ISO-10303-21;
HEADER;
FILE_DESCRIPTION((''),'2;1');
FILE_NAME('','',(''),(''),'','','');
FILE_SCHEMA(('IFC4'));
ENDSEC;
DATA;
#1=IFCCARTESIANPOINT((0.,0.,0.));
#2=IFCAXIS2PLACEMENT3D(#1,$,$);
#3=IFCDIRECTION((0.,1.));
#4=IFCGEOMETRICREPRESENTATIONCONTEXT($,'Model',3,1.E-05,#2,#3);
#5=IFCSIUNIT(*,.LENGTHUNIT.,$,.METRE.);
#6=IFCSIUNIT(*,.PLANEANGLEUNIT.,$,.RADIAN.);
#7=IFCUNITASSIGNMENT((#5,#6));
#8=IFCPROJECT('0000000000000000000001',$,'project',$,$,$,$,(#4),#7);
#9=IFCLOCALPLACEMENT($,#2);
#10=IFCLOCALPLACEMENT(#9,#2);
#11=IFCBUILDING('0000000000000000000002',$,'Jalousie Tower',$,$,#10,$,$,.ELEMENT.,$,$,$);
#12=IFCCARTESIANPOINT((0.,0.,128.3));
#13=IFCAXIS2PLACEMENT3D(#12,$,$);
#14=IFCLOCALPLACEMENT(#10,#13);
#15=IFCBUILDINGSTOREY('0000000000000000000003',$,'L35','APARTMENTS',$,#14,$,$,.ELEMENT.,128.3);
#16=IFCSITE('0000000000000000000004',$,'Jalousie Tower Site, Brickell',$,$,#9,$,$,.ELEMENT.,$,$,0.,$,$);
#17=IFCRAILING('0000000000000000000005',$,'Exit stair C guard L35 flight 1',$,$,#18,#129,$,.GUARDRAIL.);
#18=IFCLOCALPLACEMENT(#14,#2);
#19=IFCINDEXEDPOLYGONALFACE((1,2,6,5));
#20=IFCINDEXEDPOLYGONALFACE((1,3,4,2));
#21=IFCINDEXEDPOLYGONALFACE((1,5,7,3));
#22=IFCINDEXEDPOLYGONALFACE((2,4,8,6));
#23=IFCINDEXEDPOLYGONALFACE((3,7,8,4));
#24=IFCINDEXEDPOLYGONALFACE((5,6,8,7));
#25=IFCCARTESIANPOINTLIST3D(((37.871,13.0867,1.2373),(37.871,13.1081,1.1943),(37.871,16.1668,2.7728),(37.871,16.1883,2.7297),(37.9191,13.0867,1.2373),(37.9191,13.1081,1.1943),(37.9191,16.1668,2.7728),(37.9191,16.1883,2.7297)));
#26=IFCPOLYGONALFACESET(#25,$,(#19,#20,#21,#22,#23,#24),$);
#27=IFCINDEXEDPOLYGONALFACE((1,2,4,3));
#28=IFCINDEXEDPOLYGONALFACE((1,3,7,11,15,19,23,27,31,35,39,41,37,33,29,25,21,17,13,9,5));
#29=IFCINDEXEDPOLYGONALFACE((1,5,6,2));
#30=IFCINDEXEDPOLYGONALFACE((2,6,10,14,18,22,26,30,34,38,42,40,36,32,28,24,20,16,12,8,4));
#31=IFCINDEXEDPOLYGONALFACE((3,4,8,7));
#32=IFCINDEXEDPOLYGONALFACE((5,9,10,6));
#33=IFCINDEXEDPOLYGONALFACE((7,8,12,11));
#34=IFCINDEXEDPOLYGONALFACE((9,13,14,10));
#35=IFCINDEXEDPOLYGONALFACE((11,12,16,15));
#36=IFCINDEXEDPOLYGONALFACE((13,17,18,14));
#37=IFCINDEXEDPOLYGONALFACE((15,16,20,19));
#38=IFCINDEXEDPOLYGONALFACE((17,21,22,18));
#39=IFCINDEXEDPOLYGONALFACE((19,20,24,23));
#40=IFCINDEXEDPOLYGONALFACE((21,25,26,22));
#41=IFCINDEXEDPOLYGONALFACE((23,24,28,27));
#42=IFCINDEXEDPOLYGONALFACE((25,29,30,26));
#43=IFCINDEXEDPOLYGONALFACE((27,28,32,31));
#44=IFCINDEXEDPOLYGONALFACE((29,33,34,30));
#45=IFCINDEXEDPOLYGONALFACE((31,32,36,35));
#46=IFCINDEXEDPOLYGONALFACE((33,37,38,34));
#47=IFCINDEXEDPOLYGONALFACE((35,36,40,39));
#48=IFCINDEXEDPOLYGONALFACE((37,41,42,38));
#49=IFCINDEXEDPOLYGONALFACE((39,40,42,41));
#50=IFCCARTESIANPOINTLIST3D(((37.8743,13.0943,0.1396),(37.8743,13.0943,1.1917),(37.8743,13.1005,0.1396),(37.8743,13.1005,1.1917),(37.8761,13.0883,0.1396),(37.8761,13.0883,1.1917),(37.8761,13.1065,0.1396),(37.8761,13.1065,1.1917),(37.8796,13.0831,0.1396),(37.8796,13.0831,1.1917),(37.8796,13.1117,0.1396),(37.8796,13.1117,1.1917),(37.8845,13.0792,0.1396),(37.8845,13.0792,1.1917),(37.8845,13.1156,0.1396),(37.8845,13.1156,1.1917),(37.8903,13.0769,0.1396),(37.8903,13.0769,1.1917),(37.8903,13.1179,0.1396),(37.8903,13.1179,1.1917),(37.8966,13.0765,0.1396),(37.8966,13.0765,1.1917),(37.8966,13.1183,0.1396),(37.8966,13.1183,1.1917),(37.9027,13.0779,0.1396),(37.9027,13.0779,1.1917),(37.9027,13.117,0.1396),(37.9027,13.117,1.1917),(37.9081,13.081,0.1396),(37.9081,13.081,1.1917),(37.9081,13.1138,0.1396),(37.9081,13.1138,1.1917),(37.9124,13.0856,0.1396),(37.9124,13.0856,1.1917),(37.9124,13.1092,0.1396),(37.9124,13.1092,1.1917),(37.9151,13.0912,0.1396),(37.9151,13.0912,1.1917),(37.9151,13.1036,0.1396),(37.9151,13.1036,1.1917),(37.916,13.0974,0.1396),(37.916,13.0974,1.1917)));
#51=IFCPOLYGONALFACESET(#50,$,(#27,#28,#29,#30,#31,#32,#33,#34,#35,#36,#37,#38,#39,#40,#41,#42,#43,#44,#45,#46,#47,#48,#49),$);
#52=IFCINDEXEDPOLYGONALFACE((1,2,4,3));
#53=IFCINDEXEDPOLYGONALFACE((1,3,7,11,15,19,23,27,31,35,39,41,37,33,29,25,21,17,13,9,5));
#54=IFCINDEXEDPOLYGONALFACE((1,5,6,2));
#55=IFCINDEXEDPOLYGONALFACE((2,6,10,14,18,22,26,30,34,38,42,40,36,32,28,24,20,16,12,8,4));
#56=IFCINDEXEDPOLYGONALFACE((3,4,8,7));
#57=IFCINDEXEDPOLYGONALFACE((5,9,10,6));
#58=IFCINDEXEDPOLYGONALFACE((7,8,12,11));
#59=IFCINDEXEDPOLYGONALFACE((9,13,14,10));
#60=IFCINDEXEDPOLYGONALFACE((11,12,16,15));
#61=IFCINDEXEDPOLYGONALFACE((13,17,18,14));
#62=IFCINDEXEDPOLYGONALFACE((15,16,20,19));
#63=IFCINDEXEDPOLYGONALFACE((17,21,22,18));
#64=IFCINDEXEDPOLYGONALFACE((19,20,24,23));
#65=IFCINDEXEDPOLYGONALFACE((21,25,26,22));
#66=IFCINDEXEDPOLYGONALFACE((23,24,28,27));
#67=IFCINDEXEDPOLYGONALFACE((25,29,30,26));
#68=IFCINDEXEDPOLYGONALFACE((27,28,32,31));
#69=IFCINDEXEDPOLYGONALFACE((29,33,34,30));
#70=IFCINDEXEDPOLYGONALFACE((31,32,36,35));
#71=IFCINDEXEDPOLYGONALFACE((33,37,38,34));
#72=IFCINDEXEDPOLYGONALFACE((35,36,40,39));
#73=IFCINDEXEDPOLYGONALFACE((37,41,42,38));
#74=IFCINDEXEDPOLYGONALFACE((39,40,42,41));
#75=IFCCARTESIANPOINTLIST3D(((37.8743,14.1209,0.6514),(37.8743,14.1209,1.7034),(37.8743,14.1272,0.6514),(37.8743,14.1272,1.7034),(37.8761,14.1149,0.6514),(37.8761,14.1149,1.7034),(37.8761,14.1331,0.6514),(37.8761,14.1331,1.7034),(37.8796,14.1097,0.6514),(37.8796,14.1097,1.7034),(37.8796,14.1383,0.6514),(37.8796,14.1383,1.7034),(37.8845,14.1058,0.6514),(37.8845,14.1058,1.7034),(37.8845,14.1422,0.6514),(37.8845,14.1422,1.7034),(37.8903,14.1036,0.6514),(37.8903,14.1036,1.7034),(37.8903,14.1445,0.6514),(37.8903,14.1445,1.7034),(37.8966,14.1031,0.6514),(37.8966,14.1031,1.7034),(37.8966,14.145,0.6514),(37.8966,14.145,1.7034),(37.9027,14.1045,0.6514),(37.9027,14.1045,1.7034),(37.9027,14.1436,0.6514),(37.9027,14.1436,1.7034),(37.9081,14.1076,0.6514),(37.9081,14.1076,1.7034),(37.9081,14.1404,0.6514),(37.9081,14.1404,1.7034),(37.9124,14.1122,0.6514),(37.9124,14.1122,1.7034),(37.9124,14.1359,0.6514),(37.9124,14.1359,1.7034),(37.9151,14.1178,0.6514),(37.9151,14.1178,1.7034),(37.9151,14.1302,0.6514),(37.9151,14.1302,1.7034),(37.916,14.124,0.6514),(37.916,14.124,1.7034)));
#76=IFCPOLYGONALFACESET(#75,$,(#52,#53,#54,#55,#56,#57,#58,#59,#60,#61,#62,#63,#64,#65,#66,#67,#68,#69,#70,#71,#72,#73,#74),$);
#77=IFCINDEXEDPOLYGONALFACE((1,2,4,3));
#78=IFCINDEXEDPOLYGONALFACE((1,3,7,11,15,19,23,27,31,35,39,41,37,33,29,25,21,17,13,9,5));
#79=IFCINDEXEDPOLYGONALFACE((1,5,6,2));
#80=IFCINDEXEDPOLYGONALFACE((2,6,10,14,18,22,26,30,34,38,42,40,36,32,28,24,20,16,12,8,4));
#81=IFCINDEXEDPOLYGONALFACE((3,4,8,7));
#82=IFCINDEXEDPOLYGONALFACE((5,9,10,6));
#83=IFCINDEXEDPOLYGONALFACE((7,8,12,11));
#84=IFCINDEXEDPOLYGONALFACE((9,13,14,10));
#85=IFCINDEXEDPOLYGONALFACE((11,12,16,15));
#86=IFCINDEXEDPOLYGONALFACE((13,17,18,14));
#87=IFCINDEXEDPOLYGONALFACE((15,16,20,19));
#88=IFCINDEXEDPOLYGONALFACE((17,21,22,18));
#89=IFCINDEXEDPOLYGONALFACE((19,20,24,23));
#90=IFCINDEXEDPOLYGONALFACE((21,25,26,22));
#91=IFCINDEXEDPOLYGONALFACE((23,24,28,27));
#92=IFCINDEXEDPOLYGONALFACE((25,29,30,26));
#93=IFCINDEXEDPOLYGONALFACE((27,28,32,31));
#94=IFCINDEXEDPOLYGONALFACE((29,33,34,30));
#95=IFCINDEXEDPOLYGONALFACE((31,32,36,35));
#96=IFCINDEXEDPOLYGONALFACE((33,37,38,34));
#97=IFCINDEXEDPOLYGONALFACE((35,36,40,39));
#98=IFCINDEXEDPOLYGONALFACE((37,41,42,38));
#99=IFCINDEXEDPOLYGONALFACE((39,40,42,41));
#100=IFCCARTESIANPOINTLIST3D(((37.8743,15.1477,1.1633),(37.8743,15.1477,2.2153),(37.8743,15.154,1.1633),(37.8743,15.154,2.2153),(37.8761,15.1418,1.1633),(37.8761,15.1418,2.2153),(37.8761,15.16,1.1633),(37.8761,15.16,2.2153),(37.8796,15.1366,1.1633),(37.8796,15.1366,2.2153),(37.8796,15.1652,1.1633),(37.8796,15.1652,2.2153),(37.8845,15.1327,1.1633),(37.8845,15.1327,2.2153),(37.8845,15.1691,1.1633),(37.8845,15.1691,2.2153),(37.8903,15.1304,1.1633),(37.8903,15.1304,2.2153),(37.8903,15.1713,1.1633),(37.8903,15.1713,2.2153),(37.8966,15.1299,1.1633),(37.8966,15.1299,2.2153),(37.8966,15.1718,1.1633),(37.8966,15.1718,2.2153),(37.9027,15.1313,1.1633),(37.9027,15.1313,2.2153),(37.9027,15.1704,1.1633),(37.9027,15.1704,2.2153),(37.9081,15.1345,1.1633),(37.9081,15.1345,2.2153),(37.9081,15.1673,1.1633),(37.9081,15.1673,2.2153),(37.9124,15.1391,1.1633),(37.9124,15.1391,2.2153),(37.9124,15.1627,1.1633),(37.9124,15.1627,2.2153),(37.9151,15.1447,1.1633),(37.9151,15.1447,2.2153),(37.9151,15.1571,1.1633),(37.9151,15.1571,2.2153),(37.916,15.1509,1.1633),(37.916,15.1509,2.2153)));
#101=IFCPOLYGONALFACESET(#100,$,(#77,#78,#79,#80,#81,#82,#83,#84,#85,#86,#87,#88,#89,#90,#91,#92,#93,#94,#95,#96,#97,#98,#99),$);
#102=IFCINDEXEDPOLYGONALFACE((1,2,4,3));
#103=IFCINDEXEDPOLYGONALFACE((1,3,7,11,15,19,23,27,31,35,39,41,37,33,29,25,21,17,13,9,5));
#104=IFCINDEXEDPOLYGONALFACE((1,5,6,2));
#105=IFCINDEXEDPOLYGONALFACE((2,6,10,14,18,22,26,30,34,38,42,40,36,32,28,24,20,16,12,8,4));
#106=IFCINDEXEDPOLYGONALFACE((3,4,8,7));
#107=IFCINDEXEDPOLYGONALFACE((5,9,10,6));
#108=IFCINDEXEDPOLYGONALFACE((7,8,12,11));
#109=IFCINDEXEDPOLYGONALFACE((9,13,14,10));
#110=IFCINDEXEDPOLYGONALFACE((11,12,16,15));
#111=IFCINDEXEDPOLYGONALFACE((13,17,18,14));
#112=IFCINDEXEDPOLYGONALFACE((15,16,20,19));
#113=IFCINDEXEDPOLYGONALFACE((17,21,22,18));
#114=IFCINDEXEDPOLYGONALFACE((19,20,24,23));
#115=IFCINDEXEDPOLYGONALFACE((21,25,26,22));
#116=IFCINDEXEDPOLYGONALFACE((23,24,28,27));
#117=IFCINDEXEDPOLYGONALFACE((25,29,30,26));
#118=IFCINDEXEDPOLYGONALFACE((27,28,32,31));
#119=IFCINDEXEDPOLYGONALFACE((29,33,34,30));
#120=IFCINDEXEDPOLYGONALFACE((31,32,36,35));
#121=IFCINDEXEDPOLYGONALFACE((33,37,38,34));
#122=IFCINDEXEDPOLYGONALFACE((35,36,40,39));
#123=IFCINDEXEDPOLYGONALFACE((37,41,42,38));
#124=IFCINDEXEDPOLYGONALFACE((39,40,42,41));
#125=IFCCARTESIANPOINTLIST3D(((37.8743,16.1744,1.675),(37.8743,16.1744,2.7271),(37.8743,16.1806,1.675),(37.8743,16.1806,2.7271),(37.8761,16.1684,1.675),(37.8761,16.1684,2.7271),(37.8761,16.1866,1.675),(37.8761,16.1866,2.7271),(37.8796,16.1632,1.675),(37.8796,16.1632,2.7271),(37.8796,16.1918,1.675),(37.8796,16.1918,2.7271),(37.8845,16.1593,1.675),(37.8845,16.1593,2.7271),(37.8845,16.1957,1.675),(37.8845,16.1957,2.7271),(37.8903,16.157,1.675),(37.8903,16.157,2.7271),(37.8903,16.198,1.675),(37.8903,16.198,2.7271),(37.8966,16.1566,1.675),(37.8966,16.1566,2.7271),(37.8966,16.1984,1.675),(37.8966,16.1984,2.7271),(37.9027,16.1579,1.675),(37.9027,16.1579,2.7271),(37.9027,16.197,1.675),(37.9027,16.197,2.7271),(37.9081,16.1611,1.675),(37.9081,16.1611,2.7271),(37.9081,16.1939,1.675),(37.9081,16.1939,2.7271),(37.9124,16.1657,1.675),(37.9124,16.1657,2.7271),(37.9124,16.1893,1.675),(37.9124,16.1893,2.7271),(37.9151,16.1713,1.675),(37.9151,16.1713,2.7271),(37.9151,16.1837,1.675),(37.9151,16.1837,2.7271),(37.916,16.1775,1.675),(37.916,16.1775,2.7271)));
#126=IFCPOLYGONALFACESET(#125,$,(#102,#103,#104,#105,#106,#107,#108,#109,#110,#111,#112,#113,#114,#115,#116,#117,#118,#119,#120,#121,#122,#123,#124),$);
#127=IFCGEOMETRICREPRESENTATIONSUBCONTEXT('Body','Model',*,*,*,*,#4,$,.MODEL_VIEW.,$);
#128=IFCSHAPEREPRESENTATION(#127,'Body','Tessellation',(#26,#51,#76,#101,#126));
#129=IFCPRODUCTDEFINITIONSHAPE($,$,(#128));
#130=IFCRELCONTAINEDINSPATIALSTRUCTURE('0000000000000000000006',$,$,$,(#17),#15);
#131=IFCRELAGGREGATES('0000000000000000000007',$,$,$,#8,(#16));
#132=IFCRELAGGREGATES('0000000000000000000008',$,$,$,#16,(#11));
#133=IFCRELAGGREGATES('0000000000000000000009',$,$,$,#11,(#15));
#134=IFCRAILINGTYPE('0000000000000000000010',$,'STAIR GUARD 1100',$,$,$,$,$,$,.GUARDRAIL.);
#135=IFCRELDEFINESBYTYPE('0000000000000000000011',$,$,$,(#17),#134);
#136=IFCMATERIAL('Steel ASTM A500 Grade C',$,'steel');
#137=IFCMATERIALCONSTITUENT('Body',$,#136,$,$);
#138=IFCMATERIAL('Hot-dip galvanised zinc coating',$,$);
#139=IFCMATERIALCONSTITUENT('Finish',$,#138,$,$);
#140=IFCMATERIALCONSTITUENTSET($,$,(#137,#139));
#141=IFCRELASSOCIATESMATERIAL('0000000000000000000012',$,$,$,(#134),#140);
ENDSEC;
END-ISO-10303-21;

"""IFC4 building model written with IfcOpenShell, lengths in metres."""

from ifc_helpers import new_model, si_unit, direction, frame, origin, origin_2d, place, context, subcontext, project, spatial, rectangle, circle, extrude, material, constituent, constituent_set, type_object, element, save


model = new_model("IFC4")

# Units and contexts
model_context = context("Model", 3, precision=1e-05, world=origin(), true_north=direction((0.0, 1.0)))
body_context = subcontext(model_context, "Body", "Model", "MODEL_VIEW")
ifc_project = project(units=[si_unit("LENGTHUNIT", "METRE"), si_unit("PLANEANGLEUNIT", "RADIAN")], contexts=[model_context])

# Site, building, storey
site_placement = place(None, origin())
site = spatial("IfcSite", under=ifc_project, at=site_placement, Name="Jalousie Tower Site, Brickell", CompositionType="ELEMENT", RefElevation=0.0)
building_placement = place(site_placement, origin())
building = spatial("IfcBuilding", under=site, at=building_placement, Name="Jalousie Tower", CompositionType="ELEMENT")
storey_placement = place(building_placement, frame((0.0, 0.0, 128.3)))
storey = spatial("IfcBuildingStorey", under=building, at=storey_placement, Name="L35", Description="APARTMENTS", CompositionType="ELEMENT", Elevation=128.3)

# Railing
ifc_material_1 = material(Name="Steel ASTM A500 Grade C", Category="steel")
ifc_constituent_1 = constituent(ifc_material_1, Name="Body")
ifc_material_2 = material(Name="Hot-dip galvanised zinc coating")
ifc_constituent_2 = constituent(ifc_material_2, Name="Finish")
ifc_constituent_set_1 = constituent_set(constituents=[ifc_constituent_1, ifc_constituent_2])
railing_type_1 = type_object("IfcRailingType", Name="STAIR GUARD 1100", PredefinedType="GUARDRAIL", material=ifc_constituent_set_1)
railing_1_placement = place(storey_placement, frame((37.895, 13.0974, 0.1396)))
element("IfcRailing", 1, at=railing_1_placement, inside=storey, type_object=railing_type_1, Name="Exit stair C guard L35 flight 1", PredefinedType="GUARDRAIL", context=body_context, shape_type="SweptSolid", body=[
    extrude(rectangle(XDim=0.0481, YDim=0.0481, at=origin_2d()), frame((0.0, 0.0, 1.0762), z_axis=(0.0, 0.894966, 0.446135), x_axis=(-1.0, 0.0, 0.0)), (0.0, 0.0, 1.0), 3.4417),
    extrude(circle(Radius=0.021, at=origin_2d()), origin(), (0.0, 0.0, 1.0), 1.052),
    extrude(circle(Radius=0.021, at=origin_2d()), frame((0.0, 1.0266, 0.5117)), (0.0, 0.0, 1.0), 1.052),
    extrude(circle(Radius=0.021, at=origin_2d()), frame((0.0, 2.0535, 1.0237)), (0.0, 0.0, 1.0), 1.052),
    extrude(circle(Radius=0.021, at=origin_2d()), frame((0.0, 3.0801, 1.5354)), (0.0, 0.0, 1.0), 1.052),
])

save(model, "model.ifc")
